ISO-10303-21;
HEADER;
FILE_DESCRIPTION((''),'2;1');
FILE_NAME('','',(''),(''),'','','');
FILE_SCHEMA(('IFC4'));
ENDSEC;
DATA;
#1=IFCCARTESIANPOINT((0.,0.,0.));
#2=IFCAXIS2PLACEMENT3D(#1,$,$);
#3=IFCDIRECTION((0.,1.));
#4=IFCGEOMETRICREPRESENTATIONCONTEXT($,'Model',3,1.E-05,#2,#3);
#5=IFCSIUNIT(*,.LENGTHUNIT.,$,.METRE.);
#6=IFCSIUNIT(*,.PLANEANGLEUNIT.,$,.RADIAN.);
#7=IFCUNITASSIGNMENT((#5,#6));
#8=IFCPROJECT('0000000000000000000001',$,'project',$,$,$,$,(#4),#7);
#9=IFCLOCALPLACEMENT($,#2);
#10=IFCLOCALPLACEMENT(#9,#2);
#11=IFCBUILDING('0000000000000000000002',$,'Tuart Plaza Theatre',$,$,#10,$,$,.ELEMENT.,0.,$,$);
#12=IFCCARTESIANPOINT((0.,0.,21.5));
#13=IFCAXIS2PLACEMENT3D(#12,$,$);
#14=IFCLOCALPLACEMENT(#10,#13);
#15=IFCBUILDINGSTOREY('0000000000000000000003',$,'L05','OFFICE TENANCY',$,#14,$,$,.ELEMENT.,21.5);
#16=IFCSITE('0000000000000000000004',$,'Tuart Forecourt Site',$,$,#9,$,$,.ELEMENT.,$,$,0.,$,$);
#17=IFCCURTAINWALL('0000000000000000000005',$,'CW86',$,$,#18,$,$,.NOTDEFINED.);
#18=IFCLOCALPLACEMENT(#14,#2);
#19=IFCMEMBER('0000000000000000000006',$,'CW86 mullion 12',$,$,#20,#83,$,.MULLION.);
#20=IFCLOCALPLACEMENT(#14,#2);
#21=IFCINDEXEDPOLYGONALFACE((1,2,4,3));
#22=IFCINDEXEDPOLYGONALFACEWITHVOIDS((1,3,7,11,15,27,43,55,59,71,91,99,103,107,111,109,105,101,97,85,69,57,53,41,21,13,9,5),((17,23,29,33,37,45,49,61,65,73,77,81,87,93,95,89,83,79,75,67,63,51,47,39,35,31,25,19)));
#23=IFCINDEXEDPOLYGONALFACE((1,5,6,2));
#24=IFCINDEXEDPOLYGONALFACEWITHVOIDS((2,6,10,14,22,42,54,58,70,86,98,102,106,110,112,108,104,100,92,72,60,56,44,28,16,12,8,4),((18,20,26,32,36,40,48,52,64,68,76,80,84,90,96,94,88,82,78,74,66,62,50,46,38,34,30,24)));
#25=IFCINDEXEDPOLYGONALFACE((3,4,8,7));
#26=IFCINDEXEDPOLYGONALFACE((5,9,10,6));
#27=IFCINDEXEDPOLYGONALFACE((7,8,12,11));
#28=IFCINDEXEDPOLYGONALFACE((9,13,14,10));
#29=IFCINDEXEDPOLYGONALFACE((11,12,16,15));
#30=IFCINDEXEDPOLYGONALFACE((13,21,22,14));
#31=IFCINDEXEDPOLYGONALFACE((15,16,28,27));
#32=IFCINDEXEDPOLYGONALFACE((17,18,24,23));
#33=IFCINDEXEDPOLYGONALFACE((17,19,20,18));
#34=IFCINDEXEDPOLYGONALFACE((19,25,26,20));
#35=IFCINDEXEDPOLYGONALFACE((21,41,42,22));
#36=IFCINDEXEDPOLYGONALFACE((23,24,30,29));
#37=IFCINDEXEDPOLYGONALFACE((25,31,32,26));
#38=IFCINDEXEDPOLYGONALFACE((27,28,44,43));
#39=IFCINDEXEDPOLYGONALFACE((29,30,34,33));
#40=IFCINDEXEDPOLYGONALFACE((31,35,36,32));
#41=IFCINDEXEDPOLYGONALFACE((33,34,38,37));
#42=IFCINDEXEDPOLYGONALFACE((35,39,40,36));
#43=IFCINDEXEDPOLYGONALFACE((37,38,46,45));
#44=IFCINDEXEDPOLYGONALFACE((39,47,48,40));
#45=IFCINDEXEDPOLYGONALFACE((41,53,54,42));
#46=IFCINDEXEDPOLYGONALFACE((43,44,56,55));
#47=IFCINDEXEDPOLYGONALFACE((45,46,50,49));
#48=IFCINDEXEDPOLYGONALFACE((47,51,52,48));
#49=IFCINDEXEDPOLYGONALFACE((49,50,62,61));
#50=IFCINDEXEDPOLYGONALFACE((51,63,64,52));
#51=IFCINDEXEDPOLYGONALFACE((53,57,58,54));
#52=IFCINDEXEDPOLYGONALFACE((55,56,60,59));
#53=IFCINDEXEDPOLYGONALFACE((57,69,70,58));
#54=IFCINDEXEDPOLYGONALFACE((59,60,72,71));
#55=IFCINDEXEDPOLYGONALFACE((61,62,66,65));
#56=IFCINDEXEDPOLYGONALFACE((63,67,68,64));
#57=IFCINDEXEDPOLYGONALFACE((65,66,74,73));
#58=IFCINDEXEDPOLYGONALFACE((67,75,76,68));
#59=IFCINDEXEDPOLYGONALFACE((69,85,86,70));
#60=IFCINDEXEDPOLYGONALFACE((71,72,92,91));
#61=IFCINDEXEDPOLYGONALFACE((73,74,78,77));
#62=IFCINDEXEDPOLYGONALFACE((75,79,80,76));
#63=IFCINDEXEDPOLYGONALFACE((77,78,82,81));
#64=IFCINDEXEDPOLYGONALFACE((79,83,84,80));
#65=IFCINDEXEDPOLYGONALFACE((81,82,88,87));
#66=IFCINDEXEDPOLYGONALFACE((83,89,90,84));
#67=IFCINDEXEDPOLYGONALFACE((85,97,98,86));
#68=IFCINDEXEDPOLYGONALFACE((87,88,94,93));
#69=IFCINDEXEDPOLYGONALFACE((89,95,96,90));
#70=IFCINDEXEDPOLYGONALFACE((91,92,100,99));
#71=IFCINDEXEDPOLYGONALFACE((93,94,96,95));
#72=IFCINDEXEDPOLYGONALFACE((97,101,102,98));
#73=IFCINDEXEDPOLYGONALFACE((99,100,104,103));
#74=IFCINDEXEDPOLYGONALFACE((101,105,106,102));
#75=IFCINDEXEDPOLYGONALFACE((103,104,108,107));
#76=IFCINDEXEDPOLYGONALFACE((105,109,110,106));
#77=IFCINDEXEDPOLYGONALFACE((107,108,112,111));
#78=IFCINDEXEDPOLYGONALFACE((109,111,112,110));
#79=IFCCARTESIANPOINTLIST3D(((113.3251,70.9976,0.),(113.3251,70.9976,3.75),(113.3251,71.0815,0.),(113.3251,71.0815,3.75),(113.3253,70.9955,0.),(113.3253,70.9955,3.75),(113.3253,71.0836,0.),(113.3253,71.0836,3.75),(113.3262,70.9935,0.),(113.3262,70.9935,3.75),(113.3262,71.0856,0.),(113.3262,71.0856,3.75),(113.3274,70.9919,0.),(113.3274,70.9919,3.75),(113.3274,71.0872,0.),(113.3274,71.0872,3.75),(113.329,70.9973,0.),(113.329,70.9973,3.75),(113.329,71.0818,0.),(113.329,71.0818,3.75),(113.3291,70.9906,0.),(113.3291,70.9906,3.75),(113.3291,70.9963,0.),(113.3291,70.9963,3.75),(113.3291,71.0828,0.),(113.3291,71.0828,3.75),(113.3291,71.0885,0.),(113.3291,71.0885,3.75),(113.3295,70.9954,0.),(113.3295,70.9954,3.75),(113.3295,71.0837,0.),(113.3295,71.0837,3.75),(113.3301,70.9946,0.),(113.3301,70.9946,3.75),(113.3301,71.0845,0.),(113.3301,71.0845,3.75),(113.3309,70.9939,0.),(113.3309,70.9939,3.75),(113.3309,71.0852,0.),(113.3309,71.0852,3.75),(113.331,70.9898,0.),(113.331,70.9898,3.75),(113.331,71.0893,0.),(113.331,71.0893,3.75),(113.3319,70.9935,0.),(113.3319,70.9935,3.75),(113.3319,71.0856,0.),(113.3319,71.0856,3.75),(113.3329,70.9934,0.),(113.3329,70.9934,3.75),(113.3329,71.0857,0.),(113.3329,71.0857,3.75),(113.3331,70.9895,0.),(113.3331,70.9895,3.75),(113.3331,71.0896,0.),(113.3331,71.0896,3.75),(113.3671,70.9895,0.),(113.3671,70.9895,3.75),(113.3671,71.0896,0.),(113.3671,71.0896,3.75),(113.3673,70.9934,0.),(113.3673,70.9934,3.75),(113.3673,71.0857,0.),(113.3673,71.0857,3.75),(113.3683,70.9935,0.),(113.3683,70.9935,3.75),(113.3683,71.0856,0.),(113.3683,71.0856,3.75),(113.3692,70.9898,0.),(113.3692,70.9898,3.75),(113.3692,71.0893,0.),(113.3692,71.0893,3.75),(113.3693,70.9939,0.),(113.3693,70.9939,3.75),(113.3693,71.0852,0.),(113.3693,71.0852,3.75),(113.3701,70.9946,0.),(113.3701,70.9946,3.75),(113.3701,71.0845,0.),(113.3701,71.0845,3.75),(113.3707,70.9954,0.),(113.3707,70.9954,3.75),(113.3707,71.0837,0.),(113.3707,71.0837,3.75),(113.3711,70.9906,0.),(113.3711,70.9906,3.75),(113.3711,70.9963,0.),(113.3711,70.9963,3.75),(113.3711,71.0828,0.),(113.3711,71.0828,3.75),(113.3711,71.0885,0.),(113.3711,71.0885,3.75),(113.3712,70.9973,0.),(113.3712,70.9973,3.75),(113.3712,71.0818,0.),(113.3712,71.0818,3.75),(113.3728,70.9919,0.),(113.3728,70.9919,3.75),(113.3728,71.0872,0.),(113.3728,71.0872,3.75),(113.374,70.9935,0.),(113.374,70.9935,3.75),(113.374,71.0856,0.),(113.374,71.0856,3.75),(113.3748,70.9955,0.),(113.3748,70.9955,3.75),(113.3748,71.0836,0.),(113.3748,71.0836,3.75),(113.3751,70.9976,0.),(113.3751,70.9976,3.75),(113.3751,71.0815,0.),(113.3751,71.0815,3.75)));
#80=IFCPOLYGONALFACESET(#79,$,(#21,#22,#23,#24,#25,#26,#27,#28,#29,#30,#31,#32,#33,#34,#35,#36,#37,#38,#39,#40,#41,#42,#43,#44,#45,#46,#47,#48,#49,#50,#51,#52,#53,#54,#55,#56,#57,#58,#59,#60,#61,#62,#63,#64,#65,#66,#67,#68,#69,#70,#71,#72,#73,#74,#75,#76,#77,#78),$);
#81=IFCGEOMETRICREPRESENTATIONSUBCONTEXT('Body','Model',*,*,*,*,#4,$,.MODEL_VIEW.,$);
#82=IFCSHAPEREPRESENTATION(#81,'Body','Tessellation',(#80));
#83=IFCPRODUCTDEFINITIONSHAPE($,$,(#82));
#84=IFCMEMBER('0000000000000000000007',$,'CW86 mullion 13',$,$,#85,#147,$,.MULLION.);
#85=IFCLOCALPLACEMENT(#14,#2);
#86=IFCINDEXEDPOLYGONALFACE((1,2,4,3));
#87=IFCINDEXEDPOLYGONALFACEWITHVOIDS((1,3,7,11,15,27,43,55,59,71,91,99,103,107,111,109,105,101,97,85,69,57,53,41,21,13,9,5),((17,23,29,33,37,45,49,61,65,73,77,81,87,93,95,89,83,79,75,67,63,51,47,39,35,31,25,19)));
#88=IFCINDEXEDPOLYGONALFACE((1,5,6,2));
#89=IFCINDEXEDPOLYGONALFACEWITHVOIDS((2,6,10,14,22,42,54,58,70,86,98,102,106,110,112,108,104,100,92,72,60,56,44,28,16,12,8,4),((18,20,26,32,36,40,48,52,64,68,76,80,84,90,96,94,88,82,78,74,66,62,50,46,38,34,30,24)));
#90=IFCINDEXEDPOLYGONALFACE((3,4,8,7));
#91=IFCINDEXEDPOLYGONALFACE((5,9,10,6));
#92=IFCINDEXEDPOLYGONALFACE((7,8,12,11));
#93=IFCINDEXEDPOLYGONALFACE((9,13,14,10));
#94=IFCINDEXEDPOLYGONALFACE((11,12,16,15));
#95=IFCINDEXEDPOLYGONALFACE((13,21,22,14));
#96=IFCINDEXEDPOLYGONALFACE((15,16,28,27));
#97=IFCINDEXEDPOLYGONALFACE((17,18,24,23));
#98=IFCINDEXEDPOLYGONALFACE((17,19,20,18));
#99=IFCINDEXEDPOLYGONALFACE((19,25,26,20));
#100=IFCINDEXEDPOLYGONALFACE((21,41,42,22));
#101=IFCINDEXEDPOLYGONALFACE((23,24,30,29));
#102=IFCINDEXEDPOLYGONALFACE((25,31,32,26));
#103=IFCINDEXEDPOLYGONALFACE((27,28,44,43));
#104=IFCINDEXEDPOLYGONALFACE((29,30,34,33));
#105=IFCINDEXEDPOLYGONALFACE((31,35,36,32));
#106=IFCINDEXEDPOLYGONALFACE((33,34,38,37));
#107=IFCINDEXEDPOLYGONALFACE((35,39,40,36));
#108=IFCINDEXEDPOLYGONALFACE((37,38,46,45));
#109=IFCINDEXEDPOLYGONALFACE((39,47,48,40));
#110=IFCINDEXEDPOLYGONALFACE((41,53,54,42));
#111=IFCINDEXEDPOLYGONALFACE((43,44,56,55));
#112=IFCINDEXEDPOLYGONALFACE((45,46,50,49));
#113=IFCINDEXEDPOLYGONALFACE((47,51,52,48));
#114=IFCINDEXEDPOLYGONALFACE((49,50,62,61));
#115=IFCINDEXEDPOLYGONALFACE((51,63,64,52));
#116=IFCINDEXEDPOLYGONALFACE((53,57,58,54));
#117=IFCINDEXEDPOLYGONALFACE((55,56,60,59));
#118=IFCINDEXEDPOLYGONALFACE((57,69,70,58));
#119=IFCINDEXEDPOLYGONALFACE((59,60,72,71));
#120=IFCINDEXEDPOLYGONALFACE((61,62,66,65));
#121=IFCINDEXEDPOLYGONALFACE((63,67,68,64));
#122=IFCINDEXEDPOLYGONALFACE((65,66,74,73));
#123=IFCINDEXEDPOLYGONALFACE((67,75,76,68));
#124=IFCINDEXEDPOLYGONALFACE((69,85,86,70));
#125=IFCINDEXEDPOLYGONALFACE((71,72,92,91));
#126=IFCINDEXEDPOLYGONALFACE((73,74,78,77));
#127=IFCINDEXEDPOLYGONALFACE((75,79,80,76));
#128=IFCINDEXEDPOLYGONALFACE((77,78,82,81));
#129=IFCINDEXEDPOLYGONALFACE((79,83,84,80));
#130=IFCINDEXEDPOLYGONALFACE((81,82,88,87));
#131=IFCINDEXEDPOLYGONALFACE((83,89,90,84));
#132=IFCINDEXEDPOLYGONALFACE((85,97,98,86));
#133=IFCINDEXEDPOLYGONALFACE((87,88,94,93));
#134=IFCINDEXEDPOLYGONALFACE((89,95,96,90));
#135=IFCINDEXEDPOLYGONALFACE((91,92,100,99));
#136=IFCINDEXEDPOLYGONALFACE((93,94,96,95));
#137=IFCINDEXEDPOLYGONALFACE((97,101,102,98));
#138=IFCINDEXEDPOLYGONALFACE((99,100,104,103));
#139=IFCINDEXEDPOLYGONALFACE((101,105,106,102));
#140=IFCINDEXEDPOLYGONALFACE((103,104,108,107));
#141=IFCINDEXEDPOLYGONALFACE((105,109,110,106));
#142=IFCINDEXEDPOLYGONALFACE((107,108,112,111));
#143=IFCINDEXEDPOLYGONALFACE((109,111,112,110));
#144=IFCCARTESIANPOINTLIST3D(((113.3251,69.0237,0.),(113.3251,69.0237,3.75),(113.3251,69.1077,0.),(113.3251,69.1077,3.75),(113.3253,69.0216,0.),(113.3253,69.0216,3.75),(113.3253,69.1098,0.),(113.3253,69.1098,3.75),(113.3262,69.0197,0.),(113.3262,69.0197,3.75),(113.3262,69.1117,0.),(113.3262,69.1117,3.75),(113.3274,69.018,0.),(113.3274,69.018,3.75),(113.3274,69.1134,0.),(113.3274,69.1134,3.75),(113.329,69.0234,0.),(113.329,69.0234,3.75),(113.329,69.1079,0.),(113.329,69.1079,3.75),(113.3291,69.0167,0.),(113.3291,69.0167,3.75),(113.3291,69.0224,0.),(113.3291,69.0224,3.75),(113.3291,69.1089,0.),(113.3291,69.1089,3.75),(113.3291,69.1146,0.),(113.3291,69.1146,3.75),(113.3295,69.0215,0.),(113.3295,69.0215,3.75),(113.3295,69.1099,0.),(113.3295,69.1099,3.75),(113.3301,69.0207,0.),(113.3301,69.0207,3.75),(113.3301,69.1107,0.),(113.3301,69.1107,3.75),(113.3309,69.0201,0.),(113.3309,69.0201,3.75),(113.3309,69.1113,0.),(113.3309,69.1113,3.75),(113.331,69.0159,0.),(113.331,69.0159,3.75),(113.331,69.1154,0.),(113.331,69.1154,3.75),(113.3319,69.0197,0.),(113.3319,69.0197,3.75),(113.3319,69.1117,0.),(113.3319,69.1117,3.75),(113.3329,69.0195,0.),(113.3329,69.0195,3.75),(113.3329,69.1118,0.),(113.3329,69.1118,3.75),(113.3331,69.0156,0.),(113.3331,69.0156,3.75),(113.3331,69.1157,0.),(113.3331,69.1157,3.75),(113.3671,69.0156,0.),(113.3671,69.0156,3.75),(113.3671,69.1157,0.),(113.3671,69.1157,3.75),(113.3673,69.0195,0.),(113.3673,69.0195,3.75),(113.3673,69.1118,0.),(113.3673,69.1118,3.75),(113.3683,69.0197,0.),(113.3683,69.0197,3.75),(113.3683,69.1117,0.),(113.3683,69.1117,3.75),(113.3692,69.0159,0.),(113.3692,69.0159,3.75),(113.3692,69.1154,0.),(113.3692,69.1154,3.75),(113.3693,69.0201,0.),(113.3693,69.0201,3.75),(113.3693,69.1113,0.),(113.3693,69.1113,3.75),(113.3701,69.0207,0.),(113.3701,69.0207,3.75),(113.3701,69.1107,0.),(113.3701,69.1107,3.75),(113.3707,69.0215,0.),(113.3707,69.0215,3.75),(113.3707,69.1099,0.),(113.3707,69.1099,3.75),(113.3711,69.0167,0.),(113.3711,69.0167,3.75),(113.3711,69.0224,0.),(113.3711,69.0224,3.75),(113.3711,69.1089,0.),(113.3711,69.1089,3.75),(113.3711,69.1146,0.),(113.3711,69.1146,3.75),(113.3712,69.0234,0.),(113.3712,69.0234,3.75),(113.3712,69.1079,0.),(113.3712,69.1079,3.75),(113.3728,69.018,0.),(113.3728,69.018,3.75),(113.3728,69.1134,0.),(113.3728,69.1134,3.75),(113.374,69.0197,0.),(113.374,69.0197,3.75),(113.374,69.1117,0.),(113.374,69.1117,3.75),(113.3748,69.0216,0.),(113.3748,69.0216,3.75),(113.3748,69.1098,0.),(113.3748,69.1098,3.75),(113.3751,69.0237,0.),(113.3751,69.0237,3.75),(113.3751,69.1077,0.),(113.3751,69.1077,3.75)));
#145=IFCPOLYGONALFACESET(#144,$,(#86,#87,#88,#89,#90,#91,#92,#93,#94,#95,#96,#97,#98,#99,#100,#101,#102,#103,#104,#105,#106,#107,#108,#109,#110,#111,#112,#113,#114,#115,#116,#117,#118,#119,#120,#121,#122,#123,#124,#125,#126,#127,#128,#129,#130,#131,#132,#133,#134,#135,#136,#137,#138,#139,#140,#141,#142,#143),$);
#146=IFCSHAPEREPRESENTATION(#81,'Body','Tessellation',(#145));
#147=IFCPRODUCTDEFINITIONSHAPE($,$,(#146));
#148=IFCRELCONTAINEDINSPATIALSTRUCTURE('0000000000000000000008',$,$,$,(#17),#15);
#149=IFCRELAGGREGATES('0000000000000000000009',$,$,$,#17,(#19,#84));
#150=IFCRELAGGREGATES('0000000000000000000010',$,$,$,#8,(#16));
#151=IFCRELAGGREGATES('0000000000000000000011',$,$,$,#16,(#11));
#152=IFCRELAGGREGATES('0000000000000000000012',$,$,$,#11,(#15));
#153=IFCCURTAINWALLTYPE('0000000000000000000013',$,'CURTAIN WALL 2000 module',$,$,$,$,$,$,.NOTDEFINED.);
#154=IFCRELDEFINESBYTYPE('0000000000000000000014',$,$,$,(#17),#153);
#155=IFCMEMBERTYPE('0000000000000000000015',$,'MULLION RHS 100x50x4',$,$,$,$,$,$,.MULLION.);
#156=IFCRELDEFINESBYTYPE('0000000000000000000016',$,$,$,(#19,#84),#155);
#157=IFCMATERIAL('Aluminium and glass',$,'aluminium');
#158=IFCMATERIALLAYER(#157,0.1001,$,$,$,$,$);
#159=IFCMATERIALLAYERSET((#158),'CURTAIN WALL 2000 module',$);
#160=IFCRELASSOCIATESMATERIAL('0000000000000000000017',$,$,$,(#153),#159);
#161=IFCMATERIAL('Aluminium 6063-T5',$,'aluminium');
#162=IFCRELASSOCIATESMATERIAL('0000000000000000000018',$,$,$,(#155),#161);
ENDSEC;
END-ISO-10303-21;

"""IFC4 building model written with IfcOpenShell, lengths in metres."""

from ifc_helpers import new_model, si_unit, direction, frame, origin, origin_2d, place, context, subcontext, project, spatial, hollow_rectangle, extrude, material, layer, layer_set, material_profile, profile_set, type_object, element, aggregate, save


model = new_model("IFC4")

# Units and contexts
model_context = context("Model", 3, precision=1e-05, world=origin(), true_north=direction((0.0, 1.0)))
body_context = subcontext(model_context, "Body", "Model", "MODEL_VIEW")
ifc_project = project(units=[si_unit("LENGTHUNIT", "METRE"), si_unit("PLANEANGLEUNIT", "RADIAN")], contexts=[model_context])

# Site, building, storey
site_placement = place(None, origin())
site = spatial("IfcSite", under=ifc_project, at=site_placement, Name="Tuart Forecourt Site", CompositionType="ELEMENT", RefElevation=0.0)
building_placement = place(site_placement, origin())
building = spatial("IfcBuilding", under=site, at=building_placement, Name="Tuart Plaza Theatre", CompositionType="ELEMENT", ElevationOfRefHeight=0.0)
storey_placement = place(building_placement, frame((0.0, 0.0, 21.5)))
storey = spatial("IfcBuildingStorey", under=building, at=storey_placement, Name="L05", Description="OFFICE TENANCY", CompositionType="ELEMENT", Elevation=21.5)

# Curtain wall, members
ifc_material_1 = material(Name="Aluminium and glass", Category="aluminium")
ifc_layer_1 = layer(ifc_material_1, 0.1001)
ifc_layer_set_1 = layer_set([ifc_layer_1], Name="CURTAIN WALL 2000 module")
curtain_wall_type = type_object("IfcCurtainWallType", Name="CURTAIN WALL 2000 module", PredefinedType="NOTDEFINED", material=ifc_layer_set_1)
curtain_wall_placement = place(storey_placement, origin())
curtain_wall = element("IfcCurtainWall", 1, at=curtain_wall_placement, inside=storey, type_object=curtain_wall_type, Name="CW86", PredefinedType="NOTDEFINED")
ifc_material_2 = material(Name="Aluminium 6063-T5", Category="aluminium")
ifc_material_profile_1 = material_profile(ifc_material_2, hollow_rectangle(XDim=0.05, YDim=0.1001, WallThickness=0.0039, InnerFilletRadius=0.0039, OuterFilletRadius=0.0081, at=origin_2d()), Name="RHS 100x50x4")
ifc_profile_set_1 = profile_set([ifc_material_profile_1], Name="Aluminium 6063-T5")
member_type_1 = type_object("IfcMemberType", Name="MULLION RHS 100x50x4", PredefinedType="MULLION", material=ifc_profile_set_1)
member_1_placement = place(storey_placement, frame((113.3501, 71.0396, 0.0), z_axis=(0.0, 0.0, 1.0), x_axis=(1.0, 0.0, 0.0)))
member_1 = element("IfcMember", 2, at=member_1_placement, type_object=member_type_1, Name="CW86 mullion 12", PredefinedType="MULLION", context=body_context, shape_type="SweptSolid", body=[
    extrude(hollow_rectangle(XDim=0.05, YDim=0.1001, WallThickness=0.0039, InnerFilletRadius=0.0039, OuterFilletRadius=0.0081, at=origin_2d()), origin(), (0.0, 0.0, 1.0), 3.75),
])
member_2_placement = place(storey_placement, frame((113.3501, 69.0657, 0.0), z_axis=(0.0, 0.0, 1.0), x_axis=(1.0, 0.0, 0.0)))
member_2 = element("IfcMember", 3, at=member_2_placement, type_object=member_type_1, Name="CW86 mullion 13", PredefinedType="MULLION", context=body_context, shape_type="SweptSolid", body=[
    extrude(hollow_rectangle(XDim=0.05, YDim=0.1001, WallThickness=0.0039, InnerFilletRadius=0.0039, OuterFilletRadius=0.0081, at=origin_2d()), origin(), (0.0, 0.0, 1.0), 3.75),
])
aggregate(curtain_wall, [member_1, member_2])

save(model, "model.ifc")
